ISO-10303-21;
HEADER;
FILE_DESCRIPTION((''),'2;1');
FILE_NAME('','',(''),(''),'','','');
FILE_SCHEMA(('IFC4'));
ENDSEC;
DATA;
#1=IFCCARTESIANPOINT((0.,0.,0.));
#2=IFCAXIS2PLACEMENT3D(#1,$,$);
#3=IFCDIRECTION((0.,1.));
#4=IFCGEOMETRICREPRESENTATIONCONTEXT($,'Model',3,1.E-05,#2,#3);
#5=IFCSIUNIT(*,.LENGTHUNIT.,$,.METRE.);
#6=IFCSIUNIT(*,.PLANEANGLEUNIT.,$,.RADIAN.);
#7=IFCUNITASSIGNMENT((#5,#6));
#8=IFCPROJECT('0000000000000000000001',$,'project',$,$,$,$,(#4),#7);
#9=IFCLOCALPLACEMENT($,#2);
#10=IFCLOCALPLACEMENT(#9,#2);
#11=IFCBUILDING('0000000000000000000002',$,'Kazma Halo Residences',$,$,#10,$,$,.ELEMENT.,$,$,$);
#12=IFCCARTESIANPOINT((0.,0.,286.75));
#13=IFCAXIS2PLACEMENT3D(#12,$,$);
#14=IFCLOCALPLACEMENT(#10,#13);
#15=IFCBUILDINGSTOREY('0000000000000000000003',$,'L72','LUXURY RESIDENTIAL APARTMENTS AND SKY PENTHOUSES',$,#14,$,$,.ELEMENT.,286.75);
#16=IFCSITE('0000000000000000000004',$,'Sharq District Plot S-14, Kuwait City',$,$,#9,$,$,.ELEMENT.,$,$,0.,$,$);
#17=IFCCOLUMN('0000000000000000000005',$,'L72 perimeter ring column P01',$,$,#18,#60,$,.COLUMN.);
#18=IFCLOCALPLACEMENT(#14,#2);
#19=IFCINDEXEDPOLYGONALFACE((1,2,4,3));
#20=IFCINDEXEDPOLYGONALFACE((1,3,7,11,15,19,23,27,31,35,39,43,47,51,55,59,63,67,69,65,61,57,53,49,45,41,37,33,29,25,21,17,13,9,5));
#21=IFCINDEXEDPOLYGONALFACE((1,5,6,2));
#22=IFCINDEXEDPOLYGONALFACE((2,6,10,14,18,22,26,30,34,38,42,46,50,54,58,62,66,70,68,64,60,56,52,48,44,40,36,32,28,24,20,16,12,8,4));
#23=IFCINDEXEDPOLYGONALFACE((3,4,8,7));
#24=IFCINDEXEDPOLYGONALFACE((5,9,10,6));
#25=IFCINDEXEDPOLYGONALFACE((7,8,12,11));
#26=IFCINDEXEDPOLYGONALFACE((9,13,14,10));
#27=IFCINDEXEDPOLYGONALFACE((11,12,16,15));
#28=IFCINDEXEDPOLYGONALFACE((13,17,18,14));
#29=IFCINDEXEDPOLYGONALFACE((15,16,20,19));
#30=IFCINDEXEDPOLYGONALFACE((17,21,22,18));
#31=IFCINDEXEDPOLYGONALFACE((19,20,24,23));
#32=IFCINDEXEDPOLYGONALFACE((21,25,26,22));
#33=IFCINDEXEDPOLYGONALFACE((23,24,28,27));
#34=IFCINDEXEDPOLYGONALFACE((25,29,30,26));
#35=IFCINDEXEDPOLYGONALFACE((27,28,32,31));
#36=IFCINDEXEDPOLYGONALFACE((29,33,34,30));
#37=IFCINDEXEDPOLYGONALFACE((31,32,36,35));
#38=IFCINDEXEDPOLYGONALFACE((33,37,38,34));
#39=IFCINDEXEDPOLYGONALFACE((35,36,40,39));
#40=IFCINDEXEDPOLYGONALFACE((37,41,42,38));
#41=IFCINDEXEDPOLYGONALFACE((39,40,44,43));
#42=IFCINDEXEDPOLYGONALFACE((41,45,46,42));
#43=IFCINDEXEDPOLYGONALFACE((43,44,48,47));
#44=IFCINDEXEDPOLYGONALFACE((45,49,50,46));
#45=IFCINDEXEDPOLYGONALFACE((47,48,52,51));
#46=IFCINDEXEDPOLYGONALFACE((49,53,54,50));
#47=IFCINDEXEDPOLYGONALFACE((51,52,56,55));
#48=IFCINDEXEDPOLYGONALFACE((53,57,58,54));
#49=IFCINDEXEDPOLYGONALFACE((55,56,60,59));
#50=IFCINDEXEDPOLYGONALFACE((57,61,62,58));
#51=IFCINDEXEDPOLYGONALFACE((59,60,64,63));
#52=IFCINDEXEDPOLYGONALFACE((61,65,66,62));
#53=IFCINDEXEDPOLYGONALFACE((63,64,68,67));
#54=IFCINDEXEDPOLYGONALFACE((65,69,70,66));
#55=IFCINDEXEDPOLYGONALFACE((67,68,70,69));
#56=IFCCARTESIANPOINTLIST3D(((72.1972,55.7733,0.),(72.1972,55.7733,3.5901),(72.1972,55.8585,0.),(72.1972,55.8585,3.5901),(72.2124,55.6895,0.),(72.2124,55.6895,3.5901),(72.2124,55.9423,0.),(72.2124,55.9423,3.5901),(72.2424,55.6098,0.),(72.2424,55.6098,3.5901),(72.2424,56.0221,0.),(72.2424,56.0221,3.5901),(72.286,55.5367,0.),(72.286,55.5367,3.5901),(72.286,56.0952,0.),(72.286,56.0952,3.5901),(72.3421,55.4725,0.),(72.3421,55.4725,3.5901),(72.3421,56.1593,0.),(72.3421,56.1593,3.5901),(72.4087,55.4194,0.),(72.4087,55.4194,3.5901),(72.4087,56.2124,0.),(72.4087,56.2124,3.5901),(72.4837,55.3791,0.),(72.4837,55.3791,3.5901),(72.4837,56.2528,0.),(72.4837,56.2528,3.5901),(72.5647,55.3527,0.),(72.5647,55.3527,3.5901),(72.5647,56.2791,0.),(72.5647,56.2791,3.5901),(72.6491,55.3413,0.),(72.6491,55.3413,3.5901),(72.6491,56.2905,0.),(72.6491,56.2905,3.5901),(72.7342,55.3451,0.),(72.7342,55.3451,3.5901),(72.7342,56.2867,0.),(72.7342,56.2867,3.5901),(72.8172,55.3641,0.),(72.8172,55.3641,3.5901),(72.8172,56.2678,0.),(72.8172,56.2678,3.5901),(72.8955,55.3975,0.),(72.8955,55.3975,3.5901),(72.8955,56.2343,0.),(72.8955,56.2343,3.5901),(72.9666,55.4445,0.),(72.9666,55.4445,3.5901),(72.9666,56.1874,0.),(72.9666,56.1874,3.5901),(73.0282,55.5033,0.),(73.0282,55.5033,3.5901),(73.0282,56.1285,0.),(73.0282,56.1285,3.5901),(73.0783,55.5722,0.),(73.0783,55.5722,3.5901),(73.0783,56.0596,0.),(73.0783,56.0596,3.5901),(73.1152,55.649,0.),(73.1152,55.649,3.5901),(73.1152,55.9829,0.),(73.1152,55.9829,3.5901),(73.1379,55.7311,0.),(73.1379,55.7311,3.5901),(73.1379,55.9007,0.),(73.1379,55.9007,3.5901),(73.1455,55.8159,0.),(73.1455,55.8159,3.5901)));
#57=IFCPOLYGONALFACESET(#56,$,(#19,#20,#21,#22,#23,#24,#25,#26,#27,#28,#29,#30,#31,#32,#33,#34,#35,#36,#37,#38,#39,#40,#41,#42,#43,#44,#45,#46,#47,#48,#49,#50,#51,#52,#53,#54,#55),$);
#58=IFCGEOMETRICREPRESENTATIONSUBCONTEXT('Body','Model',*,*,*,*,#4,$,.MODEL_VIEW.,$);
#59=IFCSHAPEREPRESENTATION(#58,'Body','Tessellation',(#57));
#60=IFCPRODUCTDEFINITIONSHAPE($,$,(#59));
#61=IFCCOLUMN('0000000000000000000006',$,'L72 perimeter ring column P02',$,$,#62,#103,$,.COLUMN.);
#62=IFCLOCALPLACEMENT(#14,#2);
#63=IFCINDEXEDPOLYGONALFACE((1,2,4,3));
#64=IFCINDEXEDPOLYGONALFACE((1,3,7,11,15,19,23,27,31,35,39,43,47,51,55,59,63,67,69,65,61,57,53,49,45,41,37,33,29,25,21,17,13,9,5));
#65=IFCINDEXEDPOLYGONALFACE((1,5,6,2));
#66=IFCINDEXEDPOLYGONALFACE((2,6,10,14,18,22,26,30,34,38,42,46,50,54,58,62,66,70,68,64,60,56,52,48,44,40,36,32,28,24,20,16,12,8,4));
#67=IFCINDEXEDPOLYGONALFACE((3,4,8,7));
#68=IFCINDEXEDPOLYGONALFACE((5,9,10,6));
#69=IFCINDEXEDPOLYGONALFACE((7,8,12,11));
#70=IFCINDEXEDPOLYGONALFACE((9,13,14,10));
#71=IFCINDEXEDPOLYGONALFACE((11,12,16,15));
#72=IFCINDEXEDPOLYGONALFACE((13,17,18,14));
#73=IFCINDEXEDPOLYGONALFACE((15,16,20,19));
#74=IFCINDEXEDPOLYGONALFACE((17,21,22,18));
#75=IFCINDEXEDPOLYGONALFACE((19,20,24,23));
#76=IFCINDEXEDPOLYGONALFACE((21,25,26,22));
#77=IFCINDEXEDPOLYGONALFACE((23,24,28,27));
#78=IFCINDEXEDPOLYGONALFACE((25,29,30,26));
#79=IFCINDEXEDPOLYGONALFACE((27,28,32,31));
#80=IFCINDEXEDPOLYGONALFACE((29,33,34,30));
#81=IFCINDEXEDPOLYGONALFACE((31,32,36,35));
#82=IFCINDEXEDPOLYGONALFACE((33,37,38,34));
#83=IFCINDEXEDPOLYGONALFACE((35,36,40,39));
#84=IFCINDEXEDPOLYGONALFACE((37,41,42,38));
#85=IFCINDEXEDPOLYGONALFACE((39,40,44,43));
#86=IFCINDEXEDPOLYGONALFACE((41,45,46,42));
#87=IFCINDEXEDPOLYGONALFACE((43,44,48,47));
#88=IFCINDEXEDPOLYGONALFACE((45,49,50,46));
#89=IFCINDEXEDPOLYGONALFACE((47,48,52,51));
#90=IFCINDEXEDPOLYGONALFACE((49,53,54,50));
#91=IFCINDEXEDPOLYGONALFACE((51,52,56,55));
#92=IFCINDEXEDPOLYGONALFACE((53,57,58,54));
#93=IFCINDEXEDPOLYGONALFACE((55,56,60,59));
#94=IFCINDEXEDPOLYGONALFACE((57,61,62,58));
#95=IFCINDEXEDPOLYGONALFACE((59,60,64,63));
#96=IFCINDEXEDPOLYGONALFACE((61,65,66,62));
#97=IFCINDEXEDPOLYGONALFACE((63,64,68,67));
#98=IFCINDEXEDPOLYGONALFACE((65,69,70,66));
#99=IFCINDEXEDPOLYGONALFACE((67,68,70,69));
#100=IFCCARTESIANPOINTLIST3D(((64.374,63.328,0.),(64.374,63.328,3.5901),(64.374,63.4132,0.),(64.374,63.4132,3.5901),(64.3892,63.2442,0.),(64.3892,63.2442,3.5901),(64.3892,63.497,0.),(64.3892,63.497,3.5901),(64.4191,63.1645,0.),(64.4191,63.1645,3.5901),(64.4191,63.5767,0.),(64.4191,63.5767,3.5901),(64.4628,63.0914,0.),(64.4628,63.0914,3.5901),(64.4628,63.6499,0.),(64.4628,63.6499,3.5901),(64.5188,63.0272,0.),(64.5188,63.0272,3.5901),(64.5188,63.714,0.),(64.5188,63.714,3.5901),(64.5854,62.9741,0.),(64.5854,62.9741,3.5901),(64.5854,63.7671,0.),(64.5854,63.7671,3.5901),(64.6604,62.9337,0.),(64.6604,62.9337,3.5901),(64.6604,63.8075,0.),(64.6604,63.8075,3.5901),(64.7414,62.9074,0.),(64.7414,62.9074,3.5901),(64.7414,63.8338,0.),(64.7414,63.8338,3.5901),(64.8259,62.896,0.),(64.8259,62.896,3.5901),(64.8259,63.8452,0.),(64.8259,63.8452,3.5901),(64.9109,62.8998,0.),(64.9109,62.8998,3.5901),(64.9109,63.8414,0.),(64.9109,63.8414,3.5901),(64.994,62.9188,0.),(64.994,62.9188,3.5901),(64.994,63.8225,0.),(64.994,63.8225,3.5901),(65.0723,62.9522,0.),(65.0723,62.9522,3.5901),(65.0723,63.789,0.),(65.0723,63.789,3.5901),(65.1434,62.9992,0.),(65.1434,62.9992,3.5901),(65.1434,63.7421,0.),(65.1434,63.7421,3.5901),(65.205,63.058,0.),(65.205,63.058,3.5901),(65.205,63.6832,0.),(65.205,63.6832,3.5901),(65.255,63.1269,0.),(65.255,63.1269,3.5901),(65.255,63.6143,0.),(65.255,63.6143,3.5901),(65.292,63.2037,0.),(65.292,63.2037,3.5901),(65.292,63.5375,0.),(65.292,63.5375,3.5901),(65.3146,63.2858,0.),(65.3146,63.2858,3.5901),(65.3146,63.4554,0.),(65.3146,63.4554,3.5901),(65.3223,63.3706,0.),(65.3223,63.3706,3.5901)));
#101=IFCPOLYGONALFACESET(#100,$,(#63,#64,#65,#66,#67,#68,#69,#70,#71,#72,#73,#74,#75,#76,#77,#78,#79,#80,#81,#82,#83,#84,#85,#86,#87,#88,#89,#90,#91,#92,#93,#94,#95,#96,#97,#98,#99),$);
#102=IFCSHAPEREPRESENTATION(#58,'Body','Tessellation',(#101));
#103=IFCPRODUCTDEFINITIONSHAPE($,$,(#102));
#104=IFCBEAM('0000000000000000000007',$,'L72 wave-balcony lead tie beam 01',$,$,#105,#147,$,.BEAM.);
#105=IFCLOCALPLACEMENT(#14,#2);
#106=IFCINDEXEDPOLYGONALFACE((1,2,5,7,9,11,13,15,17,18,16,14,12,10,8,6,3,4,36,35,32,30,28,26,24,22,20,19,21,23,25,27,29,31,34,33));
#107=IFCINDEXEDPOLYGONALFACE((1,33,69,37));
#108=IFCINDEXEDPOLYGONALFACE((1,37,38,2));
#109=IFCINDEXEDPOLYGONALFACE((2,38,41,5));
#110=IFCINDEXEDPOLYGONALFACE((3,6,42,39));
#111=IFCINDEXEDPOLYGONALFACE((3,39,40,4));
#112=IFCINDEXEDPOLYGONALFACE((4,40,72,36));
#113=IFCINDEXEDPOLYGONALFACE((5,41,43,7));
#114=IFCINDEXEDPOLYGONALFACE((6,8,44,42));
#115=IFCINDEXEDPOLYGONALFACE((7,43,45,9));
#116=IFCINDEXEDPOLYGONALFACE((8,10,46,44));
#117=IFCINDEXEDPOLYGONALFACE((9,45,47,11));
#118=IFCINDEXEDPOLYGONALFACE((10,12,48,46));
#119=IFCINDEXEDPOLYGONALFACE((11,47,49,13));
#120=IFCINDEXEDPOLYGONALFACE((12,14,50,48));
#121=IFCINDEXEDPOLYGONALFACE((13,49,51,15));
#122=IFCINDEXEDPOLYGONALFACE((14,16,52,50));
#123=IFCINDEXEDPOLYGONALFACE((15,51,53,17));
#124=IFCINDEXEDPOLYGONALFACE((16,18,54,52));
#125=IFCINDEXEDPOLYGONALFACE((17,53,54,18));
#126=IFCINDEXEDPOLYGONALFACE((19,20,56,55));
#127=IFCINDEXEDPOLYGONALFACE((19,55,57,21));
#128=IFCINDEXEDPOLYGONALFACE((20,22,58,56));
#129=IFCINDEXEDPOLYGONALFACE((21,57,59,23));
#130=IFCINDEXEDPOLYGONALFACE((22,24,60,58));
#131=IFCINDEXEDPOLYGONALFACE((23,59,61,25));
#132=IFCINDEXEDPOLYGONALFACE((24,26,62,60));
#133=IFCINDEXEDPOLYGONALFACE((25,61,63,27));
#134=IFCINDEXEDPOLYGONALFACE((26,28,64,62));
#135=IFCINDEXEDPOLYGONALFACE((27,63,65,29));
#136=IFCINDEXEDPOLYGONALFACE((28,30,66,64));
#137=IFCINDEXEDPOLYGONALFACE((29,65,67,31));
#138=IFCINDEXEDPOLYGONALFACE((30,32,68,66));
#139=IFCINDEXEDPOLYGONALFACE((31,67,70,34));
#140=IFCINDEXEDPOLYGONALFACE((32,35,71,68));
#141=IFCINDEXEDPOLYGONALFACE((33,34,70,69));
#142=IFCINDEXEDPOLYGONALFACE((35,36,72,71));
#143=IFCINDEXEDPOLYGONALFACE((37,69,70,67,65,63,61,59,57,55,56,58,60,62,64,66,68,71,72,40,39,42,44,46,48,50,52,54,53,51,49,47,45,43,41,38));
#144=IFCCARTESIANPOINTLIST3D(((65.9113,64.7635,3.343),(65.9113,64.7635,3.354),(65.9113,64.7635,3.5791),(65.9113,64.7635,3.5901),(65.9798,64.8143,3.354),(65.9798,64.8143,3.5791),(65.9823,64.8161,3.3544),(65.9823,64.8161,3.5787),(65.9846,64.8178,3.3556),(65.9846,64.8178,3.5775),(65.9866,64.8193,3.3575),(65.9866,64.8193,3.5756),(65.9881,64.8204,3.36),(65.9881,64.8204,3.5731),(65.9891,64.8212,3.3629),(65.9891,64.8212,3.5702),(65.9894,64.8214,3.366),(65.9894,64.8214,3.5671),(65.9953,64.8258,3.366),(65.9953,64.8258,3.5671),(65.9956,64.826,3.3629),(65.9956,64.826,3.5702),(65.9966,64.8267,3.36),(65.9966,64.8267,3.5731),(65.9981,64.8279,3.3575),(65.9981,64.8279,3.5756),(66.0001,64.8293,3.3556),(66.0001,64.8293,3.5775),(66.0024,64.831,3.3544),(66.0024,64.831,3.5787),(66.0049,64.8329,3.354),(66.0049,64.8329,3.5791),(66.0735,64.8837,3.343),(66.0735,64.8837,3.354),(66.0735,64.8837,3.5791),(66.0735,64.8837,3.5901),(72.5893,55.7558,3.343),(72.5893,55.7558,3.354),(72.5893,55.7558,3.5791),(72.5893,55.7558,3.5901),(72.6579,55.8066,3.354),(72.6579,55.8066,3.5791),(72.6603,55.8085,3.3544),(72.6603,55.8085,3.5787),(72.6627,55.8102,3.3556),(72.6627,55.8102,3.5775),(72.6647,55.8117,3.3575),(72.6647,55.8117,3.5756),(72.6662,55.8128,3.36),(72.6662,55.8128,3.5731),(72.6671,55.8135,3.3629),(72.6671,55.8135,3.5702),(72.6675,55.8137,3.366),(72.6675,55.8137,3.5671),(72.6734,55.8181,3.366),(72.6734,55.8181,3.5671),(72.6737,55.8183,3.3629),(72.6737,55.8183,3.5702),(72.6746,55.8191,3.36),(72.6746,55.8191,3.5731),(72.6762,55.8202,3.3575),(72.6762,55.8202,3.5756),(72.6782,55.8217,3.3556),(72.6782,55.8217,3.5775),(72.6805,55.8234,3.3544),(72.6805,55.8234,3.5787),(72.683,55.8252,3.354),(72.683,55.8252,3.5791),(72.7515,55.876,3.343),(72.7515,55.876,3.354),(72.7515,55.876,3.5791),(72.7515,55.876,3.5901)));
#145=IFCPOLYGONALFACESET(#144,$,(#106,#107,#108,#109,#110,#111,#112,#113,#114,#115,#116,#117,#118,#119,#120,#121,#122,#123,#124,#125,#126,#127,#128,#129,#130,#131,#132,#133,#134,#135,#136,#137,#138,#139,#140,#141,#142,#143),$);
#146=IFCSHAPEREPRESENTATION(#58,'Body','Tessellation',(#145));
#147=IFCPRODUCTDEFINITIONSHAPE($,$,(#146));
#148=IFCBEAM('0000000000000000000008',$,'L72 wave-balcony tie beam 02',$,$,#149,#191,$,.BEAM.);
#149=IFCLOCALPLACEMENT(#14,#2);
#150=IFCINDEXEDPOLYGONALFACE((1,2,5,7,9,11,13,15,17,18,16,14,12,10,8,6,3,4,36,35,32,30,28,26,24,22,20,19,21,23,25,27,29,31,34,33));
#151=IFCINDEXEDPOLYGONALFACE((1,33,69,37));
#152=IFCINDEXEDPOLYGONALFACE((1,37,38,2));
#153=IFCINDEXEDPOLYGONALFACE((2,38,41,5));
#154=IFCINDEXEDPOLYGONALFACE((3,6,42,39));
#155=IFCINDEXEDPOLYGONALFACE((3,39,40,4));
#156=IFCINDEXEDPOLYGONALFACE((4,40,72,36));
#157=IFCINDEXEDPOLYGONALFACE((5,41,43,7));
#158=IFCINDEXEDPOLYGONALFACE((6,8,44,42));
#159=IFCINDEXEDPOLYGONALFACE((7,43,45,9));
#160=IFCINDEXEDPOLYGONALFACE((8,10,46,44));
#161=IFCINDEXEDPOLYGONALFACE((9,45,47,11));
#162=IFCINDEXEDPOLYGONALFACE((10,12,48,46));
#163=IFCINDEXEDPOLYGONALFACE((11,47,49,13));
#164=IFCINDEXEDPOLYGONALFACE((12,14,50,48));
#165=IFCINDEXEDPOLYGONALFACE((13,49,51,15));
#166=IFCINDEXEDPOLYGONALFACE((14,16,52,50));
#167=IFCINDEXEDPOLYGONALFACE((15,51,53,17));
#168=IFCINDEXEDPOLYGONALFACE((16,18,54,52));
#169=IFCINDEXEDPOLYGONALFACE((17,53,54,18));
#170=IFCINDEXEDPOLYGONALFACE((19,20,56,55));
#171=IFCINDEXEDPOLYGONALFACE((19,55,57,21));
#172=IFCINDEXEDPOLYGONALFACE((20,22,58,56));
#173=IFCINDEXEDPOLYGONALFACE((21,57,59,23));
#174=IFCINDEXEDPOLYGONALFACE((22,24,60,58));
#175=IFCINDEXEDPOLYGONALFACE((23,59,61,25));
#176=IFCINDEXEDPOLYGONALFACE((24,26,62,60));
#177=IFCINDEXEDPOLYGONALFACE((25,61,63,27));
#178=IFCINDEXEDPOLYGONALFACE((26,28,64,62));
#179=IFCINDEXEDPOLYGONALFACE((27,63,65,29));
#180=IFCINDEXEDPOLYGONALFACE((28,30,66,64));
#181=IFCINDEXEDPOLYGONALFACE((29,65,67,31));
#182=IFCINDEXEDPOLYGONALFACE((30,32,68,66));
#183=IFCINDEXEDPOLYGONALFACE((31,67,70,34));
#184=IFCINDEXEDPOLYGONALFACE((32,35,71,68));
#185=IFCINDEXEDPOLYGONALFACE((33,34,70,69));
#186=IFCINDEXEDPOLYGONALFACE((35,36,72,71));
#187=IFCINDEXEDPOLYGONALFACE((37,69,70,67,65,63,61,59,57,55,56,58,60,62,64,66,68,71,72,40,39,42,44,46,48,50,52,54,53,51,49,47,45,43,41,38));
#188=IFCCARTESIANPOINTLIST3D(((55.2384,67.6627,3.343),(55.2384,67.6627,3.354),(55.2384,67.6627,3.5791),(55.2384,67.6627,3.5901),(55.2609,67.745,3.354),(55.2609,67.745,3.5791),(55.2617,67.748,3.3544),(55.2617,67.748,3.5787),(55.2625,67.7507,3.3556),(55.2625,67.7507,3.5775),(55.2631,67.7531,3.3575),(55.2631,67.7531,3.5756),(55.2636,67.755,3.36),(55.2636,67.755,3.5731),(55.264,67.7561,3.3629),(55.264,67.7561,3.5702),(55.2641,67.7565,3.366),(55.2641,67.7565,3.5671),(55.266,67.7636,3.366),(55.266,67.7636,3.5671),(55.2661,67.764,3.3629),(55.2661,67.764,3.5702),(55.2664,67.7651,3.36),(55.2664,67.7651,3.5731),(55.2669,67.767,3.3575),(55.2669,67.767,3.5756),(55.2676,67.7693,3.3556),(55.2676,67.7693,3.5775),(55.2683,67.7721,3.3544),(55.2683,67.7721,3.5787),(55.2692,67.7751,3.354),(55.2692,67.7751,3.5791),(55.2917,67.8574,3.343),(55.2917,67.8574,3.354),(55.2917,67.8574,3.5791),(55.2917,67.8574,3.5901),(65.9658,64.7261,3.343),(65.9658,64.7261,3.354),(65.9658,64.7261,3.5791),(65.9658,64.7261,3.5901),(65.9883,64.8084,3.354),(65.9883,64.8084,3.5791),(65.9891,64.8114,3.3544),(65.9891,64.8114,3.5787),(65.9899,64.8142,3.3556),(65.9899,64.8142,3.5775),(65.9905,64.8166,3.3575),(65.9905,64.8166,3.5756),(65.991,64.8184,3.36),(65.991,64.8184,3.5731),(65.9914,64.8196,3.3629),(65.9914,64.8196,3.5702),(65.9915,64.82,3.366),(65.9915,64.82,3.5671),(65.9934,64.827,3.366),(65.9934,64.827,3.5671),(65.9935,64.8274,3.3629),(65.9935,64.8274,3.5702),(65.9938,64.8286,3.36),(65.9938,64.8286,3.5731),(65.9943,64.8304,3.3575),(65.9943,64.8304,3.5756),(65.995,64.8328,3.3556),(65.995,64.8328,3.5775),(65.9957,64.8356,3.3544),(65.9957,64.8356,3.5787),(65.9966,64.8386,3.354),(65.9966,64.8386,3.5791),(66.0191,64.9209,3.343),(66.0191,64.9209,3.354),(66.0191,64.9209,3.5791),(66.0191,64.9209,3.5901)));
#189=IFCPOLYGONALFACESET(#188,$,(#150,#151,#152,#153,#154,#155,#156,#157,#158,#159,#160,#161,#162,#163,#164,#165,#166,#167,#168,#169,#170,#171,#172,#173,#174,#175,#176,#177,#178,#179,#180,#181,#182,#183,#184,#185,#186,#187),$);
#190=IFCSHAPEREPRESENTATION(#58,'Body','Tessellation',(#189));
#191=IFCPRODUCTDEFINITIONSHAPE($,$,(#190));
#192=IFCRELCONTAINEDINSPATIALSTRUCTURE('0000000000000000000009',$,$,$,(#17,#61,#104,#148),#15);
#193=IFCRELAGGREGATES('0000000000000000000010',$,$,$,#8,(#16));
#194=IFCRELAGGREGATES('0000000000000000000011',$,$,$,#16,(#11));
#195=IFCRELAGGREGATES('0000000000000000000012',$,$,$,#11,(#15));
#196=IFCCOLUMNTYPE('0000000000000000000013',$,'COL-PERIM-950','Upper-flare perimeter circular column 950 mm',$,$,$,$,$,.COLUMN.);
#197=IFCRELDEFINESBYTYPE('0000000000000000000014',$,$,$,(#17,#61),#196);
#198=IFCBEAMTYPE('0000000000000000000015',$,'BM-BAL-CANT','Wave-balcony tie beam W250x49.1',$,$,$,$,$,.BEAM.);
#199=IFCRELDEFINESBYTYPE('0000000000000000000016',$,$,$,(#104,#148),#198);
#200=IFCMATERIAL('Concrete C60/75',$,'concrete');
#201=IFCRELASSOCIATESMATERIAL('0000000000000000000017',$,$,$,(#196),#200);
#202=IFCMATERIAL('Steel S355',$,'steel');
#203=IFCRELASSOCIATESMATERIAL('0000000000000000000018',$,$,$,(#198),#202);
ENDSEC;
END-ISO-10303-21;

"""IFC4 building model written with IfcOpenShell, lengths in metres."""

from ifc_helpers import new_model, si_unit, direction, frame, origin, origin_2d, place, context, subcontext, project, spatial, circle, i_section, extrude, material, material_profile, profile_set, type_object, element, save


model = new_model("IFC4")

# Units and contexts
model_context = context("Model", 3, precision=1e-05, world=origin(), true_north=direction((0.0, 1.0)))
body_context = subcontext(model_context, "Body", "Model", "MODEL_VIEW")
ifc_project = project(units=[si_unit("LENGTHUNIT", "METRE"), si_unit("PLANEANGLEUNIT", "RADIAN")], contexts=[model_context])

# Site, building, storey
site_placement = place(None, origin())
site = spatial("IfcSite", under=ifc_project, at=site_placement, Name="Sharq District Plot S-14, Kuwait City", CompositionType="ELEMENT", RefElevation=0.0)
building_placement = place(site_placement, origin())
building = spatial("IfcBuilding", under=site, at=building_placement, Name="Kazma Halo Residences", CompositionType="ELEMENT")
storey_placement = place(building_placement, frame((0.0, 0.0, 286.75)))
storey = spatial("IfcBuildingStorey", under=building, at=storey_placement, Name="L72", Description="LUXURY RESIDENTIAL APARTMENTS AND SKY PENTHOUSES", CompositionType="ELEMENT", Elevation=286.75)

# Columns
ifc_material_1 = material(Name="Concrete C60/75", Category="concrete")
ifc_material_profile_1 = material_profile(ifc_material_1, circle(Radius=0.4751, at=origin_2d()), Name="CIRC950")
ifc_profile_set_1 = profile_set([ifc_material_profile_1], Name="Concrete C60/75")
column_type = type_object("IfcColumnType", Name="COL-PERIM-950", Description="Upper-flare perimeter circular column 950 mm", PredefinedType="COLUMN", material=ifc_profile_set_1)
for number, where, z_axis, x_axis, name in (
    (1, (72.6704, 55.8159, 0.0), (0.0, 0.0, 1.0), (1.0, 0.0, 0.0), "L72 perimeter ring column P01"),
    (2, (64.8472, 63.3706, 0.0), (0.0, 0.0, 1.0), (1.0, 0.0, 0.0), "L72 perimeter ring column P02"),
):
    element("IfcColumn", number, at=place(storey_placement, frame(where, z_axis=z_axis, x_axis=x_axis)), inside=storey, type_object=column_type, Name=name, PredefinedType="COLUMN", context=body_context, shape_type="SweptSolid", body=[
        extrude(circle(Radius=0.4751, at=origin_2d()), origin(), (0.0, 0.0, 1.0), 3.5901),
    ])

# Beams
ifc_material_2 = material(Name="Steel S355", Category="steel")
ifc_material_profile_2 = material_profile(ifc_material_2, i_section(OverallWidth=0.2019, OverallDepth=0.2471, WebThickness=0.0073, FlangeThickness=0.011, FilletRadius=0.012, at=origin_2d()), Name="W250x49.1")
ifc_profile_set_2 = profile_set([ifc_material_profile_2], Name="Steel S355")
beam_type_1 = type_object("IfcBeamType", Name="BM-BAL-CANT", Description="Wave-balcony tie beam W250x49.1", PredefinedType="BEAM", material=ifc_profile_set_2)
beam_1_placement = place(storey_placement, frame((72.6704, 55.8159, 3.4666), z_axis=(-0.595556, 0.803314, 0.0), x_axis=(-0.803314, -0.595556, 0.0)))
element("IfcBeam", 3, at=beam_1_placement, inside=storey, type_object=beam_type_1, Name="L72 wave-balcony lead tie beam 01", PredefinedType="BEAM", context=body_context, shape_type="SweptSolid", body=[
    extrude(i_section(OverallWidth=0.2019, OverallDepth=0.2471, WebThickness=0.0073, FlangeThickness=0.011, FilletRadius=0.012, at=origin_2d()), origin(), (0.0, 0.0, 1.0), 11.2131),
])
beam_2_placement = place(storey_placement, frame((65.9924, 64.8235, 3.4666), z_axis=(-0.964515, 0.264029, 0.0), x_axis=(-0.264029, -0.964515, 0.0)))
element("IfcBeam", 4, at=beam_2_placement, inside=storey, type_object=beam_type_1, Name="L72 wave-balcony tie beam 02", PredefinedType="BEAM", context=body_context, shape_type="SweptSolid", body=[
    extrude(i_section(OverallWidth=0.2019, OverallDepth=0.2471, WebThickness=0.0073, FlangeThickness=0.011, FilletRadius=0.012, at=origin_2d()), origin(), (0.0, 0.0, 1.0), 11.1221),
])

save(model, "model.ifc")
